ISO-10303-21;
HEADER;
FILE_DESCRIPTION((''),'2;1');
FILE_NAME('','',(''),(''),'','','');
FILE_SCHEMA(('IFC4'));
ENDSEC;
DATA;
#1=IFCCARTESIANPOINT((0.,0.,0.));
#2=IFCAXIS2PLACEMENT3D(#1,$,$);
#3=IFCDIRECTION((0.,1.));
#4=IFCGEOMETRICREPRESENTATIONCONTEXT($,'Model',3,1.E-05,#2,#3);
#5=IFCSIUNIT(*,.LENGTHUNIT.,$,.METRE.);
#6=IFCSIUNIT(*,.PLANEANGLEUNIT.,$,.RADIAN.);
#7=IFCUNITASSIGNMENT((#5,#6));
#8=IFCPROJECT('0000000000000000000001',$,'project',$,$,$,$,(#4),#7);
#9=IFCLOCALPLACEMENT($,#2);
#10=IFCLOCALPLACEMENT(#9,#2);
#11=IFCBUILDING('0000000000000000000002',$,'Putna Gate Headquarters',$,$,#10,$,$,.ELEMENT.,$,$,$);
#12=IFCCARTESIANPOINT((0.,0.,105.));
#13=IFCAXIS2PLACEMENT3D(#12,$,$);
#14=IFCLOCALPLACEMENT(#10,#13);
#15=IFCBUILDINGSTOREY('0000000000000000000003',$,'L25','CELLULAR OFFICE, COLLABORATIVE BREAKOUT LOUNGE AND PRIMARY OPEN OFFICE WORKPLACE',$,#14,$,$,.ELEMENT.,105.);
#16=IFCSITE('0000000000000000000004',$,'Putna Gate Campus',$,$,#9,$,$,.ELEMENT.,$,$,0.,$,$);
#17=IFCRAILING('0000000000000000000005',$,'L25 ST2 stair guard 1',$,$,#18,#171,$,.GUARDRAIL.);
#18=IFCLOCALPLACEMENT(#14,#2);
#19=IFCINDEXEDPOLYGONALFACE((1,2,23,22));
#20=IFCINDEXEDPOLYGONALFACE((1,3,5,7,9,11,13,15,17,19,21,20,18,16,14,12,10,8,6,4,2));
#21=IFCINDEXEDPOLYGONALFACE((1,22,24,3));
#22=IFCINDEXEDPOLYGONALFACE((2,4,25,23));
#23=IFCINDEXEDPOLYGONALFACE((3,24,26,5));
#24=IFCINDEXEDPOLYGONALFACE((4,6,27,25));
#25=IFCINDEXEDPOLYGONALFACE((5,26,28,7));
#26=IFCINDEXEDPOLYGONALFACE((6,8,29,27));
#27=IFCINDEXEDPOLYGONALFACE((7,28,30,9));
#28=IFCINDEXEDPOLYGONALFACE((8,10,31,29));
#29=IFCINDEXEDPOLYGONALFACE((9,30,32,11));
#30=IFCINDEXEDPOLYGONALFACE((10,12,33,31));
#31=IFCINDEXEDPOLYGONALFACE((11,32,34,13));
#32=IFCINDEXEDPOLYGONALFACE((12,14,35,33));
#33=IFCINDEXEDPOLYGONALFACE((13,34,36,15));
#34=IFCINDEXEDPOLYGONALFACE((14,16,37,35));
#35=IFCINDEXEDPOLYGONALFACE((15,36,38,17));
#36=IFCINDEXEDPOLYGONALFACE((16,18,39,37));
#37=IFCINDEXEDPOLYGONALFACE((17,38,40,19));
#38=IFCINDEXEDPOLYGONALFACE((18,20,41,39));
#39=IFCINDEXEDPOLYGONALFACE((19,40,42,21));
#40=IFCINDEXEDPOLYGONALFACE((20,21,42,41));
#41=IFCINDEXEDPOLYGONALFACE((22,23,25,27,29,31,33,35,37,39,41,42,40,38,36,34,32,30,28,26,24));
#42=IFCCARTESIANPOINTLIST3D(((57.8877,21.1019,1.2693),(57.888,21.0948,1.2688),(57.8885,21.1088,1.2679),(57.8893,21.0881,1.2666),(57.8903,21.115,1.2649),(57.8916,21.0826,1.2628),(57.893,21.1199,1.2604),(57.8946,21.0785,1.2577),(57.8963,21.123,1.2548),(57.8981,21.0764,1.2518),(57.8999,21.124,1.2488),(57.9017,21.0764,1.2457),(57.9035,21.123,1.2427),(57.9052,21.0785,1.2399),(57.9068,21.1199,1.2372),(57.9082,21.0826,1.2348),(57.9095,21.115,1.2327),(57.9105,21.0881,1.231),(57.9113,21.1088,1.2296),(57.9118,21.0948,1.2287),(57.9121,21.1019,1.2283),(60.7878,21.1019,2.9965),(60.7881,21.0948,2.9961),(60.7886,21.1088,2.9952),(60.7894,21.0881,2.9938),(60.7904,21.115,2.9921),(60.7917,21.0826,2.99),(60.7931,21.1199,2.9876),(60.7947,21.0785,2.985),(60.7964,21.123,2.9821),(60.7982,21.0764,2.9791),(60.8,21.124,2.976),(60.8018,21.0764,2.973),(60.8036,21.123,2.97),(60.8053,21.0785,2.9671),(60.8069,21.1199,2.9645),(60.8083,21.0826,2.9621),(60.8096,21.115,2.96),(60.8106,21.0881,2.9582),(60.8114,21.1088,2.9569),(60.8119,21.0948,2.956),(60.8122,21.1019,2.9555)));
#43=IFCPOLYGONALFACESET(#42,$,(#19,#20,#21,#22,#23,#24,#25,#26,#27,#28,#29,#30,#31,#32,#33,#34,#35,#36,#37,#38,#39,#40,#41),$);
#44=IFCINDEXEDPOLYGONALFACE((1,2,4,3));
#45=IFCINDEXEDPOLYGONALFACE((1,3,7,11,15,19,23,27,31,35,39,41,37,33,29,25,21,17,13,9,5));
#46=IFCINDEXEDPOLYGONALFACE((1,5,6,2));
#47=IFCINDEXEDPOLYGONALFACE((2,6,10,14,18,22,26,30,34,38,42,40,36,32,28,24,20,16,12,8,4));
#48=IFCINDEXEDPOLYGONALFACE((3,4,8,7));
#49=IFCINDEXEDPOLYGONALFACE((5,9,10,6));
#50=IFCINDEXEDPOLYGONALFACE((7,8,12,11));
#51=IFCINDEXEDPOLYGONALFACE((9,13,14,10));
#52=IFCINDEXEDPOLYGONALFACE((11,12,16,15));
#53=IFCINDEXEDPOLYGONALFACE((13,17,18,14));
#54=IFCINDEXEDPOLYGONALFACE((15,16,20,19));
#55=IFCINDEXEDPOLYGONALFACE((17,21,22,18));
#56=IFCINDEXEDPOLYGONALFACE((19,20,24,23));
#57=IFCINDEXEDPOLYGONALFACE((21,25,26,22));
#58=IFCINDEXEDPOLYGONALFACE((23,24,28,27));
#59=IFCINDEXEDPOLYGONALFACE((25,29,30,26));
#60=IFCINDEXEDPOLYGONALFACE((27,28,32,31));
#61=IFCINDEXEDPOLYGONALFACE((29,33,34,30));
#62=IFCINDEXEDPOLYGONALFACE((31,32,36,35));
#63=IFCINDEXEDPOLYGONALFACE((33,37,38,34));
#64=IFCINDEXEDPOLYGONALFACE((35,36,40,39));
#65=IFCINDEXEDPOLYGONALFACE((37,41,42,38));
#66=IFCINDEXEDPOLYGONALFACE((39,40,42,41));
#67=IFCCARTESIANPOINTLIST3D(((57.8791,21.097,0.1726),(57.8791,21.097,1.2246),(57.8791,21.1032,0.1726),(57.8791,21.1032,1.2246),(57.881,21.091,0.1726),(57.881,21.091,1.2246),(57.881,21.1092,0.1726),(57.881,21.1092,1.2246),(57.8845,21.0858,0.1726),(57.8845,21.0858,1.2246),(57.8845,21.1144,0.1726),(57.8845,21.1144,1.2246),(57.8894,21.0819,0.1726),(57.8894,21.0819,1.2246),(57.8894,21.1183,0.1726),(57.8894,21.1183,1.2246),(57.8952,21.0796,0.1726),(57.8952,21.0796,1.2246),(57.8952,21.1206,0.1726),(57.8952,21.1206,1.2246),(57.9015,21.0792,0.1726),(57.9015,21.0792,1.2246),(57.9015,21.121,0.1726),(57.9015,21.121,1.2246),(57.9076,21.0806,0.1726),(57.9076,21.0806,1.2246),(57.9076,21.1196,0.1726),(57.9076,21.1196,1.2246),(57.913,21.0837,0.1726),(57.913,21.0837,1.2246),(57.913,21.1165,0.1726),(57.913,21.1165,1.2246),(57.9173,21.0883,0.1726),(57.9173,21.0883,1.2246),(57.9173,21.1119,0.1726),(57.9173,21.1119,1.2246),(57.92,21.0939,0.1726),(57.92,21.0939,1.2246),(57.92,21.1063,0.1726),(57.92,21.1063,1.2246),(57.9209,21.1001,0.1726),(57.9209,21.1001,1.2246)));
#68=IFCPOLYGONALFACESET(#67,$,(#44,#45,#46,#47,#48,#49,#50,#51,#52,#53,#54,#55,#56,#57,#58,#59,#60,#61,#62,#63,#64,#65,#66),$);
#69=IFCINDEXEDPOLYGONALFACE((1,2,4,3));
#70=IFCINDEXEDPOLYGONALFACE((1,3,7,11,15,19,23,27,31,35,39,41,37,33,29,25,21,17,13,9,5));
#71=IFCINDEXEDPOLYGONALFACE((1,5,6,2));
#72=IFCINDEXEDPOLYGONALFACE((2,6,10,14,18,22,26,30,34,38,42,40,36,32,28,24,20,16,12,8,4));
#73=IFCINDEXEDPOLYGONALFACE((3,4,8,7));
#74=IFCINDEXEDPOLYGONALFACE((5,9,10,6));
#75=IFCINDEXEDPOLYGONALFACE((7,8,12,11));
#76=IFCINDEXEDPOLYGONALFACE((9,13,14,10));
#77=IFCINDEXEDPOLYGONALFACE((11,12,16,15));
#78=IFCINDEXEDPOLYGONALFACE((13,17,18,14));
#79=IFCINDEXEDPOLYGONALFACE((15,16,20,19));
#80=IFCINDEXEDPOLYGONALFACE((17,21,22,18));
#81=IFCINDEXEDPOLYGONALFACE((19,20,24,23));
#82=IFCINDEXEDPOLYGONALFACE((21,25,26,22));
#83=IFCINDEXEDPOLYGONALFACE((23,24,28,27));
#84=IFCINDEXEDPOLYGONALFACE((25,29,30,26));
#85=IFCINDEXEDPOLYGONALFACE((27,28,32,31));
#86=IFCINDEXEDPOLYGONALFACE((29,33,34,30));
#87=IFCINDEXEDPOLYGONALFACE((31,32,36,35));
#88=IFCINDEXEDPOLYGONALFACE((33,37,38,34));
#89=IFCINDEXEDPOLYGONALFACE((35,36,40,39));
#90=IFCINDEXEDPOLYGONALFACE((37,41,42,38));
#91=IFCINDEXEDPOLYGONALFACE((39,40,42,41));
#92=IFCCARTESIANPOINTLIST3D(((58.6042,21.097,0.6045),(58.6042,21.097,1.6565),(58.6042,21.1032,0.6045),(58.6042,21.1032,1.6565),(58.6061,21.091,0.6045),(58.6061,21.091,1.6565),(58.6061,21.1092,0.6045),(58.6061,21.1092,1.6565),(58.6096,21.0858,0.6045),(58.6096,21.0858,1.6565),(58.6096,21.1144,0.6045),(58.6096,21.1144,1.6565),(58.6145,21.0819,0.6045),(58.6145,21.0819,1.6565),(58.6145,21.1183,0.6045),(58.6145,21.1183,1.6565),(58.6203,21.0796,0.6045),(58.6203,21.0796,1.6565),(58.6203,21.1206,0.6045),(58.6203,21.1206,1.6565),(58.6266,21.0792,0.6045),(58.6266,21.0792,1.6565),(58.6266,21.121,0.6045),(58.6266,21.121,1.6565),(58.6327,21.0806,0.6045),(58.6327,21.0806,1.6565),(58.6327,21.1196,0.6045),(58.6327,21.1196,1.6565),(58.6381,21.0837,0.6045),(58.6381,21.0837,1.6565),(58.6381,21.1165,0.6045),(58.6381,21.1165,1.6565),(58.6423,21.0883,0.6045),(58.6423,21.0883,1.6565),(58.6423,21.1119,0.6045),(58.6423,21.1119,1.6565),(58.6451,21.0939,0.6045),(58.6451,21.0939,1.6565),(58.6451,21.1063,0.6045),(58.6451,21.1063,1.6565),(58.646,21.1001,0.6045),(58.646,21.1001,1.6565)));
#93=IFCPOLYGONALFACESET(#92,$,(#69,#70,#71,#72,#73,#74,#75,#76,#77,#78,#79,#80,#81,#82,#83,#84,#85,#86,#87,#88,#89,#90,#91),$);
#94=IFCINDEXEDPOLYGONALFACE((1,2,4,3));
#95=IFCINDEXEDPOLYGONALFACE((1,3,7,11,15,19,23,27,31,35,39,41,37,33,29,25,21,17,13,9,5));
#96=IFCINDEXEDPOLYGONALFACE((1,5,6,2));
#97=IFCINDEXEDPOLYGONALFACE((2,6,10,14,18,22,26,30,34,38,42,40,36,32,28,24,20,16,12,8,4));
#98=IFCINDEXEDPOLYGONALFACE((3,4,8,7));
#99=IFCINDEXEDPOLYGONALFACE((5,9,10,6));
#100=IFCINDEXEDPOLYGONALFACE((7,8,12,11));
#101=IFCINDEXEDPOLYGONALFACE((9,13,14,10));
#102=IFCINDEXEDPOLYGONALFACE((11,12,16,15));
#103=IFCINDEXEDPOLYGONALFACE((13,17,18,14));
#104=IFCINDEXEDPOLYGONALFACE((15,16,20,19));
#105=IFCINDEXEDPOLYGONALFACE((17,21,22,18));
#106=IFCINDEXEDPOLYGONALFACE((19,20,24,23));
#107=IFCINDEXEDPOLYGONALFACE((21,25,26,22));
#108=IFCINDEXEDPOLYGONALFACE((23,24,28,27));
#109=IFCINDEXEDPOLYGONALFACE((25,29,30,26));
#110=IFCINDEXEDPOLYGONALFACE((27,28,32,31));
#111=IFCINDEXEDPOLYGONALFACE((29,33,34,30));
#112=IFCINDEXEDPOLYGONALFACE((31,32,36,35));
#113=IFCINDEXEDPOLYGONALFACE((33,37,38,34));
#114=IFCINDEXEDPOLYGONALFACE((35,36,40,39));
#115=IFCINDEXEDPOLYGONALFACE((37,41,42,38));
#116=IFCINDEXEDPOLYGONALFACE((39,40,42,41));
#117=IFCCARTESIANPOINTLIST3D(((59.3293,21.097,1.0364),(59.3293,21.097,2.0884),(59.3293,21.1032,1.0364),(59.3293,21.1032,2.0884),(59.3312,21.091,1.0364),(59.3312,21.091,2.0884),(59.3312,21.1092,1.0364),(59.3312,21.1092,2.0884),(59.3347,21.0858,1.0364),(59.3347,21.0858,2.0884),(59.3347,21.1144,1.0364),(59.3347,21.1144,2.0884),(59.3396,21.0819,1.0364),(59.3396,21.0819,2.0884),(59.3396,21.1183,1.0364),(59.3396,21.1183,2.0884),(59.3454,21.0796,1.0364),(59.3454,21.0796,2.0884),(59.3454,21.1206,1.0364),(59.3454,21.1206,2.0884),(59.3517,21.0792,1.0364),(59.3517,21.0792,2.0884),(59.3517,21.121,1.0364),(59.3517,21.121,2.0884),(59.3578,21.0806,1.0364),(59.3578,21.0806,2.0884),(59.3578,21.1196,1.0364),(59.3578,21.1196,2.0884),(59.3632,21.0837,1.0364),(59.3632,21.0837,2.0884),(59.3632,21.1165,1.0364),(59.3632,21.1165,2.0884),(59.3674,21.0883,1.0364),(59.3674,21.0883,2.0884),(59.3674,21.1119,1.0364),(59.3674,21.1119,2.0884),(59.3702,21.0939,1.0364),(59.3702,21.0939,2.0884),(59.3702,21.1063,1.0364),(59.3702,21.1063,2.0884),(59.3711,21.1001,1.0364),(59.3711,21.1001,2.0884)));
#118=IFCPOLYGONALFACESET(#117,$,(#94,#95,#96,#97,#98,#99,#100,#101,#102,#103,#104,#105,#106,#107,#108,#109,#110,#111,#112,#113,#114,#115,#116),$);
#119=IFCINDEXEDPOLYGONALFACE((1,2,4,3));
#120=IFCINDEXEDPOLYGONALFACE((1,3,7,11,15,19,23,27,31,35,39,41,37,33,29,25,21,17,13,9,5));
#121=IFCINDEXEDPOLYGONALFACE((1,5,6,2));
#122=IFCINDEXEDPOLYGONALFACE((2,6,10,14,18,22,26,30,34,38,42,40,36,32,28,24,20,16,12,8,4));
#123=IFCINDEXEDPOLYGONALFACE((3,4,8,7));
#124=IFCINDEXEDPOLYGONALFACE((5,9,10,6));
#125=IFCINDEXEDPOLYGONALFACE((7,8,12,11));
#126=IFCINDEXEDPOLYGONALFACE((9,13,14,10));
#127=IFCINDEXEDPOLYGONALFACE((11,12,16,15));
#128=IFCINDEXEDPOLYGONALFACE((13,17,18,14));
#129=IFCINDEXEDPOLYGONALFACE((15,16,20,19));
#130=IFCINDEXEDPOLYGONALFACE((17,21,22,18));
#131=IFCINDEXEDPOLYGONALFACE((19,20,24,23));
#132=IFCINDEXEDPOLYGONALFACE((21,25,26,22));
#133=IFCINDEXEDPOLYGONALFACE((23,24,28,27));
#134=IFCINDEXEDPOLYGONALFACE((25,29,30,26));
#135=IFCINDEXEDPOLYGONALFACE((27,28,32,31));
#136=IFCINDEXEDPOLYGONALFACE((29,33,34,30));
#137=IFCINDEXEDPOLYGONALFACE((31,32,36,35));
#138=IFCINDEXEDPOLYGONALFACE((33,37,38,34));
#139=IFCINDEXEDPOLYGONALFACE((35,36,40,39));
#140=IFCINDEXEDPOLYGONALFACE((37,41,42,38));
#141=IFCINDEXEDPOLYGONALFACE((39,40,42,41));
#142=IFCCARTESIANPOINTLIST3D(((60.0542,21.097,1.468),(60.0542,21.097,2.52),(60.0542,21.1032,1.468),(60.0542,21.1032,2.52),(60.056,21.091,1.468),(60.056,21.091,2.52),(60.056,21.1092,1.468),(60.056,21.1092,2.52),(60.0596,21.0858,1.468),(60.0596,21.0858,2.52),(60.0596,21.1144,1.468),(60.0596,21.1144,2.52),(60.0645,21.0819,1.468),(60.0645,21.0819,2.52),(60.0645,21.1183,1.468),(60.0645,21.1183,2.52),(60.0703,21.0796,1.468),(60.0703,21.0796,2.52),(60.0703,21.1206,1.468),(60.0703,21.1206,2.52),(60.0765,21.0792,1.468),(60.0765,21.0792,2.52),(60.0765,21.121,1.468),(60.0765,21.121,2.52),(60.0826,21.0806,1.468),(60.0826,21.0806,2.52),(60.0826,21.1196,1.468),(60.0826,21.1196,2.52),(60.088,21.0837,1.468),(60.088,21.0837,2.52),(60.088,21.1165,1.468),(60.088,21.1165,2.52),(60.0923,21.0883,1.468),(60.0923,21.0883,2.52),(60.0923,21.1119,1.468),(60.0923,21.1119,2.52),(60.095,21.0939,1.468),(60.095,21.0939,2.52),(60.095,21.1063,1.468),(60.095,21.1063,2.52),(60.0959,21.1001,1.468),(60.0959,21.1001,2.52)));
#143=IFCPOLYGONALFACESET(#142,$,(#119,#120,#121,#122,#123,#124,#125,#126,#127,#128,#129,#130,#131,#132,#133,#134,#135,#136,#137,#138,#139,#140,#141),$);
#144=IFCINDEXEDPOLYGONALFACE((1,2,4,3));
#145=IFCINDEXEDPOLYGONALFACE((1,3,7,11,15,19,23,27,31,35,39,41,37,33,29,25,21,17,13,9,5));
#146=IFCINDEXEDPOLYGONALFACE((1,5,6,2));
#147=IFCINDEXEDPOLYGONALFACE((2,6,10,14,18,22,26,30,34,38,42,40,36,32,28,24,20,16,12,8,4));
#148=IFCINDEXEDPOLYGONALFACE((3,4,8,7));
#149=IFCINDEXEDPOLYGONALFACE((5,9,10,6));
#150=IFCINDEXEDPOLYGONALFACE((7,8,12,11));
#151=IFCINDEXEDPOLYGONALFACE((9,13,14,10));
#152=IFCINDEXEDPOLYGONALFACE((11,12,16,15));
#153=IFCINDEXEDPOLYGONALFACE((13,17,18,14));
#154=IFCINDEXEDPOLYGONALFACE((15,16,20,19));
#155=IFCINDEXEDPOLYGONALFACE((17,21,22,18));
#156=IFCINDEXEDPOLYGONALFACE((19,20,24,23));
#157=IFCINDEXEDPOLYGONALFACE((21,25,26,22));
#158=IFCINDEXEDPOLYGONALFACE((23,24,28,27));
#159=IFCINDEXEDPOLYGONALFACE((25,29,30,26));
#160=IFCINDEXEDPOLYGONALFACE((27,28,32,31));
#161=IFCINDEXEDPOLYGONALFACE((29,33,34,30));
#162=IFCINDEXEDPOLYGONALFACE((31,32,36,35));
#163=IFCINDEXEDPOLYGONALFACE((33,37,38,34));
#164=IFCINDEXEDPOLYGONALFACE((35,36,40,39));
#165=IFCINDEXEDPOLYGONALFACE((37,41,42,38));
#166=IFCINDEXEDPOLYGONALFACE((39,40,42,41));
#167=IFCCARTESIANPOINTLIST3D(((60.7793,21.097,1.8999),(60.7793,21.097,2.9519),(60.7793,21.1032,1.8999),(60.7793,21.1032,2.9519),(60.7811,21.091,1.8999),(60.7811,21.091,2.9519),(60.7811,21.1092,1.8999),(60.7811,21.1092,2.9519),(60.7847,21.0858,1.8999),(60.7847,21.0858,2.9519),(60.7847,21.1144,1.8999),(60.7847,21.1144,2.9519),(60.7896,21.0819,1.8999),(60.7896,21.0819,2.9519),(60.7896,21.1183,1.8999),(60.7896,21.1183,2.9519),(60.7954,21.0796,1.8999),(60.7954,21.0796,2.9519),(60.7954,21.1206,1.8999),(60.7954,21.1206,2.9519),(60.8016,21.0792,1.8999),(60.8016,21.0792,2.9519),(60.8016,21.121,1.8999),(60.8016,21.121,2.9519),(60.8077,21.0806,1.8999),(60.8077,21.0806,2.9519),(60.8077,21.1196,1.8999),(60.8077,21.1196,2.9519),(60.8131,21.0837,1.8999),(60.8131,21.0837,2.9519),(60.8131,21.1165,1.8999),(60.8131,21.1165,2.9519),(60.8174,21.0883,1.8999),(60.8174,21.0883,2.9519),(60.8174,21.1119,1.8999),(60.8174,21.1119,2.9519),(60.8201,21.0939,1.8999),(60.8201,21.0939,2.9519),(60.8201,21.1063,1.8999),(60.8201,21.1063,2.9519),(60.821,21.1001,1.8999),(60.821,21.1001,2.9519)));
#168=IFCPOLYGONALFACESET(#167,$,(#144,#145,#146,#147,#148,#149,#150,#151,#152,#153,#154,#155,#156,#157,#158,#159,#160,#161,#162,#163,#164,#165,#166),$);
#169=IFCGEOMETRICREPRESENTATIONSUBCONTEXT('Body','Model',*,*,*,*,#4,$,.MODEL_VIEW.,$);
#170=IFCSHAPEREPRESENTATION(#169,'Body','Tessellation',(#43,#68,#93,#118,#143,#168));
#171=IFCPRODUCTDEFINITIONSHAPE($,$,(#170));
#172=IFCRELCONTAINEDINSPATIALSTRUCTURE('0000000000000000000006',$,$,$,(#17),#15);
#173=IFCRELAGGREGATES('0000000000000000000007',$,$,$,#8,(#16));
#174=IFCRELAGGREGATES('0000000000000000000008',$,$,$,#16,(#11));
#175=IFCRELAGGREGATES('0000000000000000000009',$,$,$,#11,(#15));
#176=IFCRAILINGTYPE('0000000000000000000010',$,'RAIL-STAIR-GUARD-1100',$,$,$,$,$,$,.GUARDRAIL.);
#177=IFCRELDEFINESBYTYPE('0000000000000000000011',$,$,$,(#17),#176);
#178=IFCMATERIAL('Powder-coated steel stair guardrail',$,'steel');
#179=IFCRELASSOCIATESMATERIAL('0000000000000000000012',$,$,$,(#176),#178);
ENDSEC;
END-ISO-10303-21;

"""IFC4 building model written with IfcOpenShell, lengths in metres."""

from ifc_helpers import new_model, si_unit, direction, frame, origin, origin_2d, place, context, subcontext, project, spatial, circle, extrude, material, type_object, element, save


model = new_model("IFC4")

# Units and contexts
model_context = context("Model", 3, precision=1e-05, world=origin(), true_north=direction((0.0, 1.0)))
body_context = subcontext(model_context, "Body", "Model", "MODEL_VIEW")
ifc_project = project(units=[si_unit("LENGTHUNIT", "METRE"), si_unit("PLANEANGLEUNIT", "RADIAN")], contexts=[model_context])

# Site, building, storey
site_placement = place(None, origin())
site = spatial("IfcSite", under=ifc_project, at=site_placement, Name="Putna Gate Campus", CompositionType="ELEMENT", RefElevation=0.0)
building_placement = place(site_placement, origin())
building = spatial("IfcBuilding", under=site, at=building_placement, Name="Putna Gate Headquarters", CompositionType="ELEMENT")
storey_placement = place(building_placement, frame((0.0, 0.0, 105.0)))
storey = spatial("IfcBuildingStorey", under=building, at=storey_placement, Name="L25", Description="CELLULAR OFFICE, COLLABORATIVE BREAKOUT LOUNGE AND PRIMARY OPEN OFFICE WORKPLACE", CompositionType="ELEMENT", Elevation=105.0)

# Railing
ifc_material_1 = material(Name="Powder-coated steel stair guardrail", Category="steel")
railing_type_1 = type_object("IfcRailingType", Name="RAIL-STAIR-GUARD-1100", PredefinedType="GUARDRAIL", material=ifc_material_1)
railing_1_placement = place(storey_placement, frame((57.8999, 21.1001, 0.1726)))
element("IfcRailing", 1, at=railing_1_placement, inside=storey, type_object=railing_type_1, Name="L25 ST2 stair guard 1", PredefinedType="GUARDRAIL", context=body_context, shape_type="SweptSolid", body=[
    extrude(circle(Radius=0.0239, at=origin_2d()), frame((0.0, 0.0, 1.0762), z_axis=(0.85916, 0.0, 0.511706), x_axis=(0.0, 1.0, 0.0)), (0.0, 0.0, 1.0), 3.3755),
    extrude(circle(Radius=0.021, at=origin_2d()), origin(), (0.0, 0.0, 1.0), 1.052),
    extrude(circle(Radius=0.021, at=origin_2d()), frame((0.7251, 0.0, 0.4319)), (0.0, 0.0, 1.0), 1.052),
    extrude(circle(Radius=0.021, at=origin_2d()), frame((1.4502, 0.0, 0.8638)), (0.0, 0.0, 1.0), 1.052),
    extrude(circle(Radius=0.021, at=origin_2d()), frame((2.175, 0.0, 1.2954)), (0.0, 0.0, 1.0), 1.052),
    extrude(circle(Radius=0.021, at=origin_2d()), frame((2.9001, 0.0, 1.7273)), (0.0, 0.0, 1.0), 1.052),
])

save(model, "model.ifc")
